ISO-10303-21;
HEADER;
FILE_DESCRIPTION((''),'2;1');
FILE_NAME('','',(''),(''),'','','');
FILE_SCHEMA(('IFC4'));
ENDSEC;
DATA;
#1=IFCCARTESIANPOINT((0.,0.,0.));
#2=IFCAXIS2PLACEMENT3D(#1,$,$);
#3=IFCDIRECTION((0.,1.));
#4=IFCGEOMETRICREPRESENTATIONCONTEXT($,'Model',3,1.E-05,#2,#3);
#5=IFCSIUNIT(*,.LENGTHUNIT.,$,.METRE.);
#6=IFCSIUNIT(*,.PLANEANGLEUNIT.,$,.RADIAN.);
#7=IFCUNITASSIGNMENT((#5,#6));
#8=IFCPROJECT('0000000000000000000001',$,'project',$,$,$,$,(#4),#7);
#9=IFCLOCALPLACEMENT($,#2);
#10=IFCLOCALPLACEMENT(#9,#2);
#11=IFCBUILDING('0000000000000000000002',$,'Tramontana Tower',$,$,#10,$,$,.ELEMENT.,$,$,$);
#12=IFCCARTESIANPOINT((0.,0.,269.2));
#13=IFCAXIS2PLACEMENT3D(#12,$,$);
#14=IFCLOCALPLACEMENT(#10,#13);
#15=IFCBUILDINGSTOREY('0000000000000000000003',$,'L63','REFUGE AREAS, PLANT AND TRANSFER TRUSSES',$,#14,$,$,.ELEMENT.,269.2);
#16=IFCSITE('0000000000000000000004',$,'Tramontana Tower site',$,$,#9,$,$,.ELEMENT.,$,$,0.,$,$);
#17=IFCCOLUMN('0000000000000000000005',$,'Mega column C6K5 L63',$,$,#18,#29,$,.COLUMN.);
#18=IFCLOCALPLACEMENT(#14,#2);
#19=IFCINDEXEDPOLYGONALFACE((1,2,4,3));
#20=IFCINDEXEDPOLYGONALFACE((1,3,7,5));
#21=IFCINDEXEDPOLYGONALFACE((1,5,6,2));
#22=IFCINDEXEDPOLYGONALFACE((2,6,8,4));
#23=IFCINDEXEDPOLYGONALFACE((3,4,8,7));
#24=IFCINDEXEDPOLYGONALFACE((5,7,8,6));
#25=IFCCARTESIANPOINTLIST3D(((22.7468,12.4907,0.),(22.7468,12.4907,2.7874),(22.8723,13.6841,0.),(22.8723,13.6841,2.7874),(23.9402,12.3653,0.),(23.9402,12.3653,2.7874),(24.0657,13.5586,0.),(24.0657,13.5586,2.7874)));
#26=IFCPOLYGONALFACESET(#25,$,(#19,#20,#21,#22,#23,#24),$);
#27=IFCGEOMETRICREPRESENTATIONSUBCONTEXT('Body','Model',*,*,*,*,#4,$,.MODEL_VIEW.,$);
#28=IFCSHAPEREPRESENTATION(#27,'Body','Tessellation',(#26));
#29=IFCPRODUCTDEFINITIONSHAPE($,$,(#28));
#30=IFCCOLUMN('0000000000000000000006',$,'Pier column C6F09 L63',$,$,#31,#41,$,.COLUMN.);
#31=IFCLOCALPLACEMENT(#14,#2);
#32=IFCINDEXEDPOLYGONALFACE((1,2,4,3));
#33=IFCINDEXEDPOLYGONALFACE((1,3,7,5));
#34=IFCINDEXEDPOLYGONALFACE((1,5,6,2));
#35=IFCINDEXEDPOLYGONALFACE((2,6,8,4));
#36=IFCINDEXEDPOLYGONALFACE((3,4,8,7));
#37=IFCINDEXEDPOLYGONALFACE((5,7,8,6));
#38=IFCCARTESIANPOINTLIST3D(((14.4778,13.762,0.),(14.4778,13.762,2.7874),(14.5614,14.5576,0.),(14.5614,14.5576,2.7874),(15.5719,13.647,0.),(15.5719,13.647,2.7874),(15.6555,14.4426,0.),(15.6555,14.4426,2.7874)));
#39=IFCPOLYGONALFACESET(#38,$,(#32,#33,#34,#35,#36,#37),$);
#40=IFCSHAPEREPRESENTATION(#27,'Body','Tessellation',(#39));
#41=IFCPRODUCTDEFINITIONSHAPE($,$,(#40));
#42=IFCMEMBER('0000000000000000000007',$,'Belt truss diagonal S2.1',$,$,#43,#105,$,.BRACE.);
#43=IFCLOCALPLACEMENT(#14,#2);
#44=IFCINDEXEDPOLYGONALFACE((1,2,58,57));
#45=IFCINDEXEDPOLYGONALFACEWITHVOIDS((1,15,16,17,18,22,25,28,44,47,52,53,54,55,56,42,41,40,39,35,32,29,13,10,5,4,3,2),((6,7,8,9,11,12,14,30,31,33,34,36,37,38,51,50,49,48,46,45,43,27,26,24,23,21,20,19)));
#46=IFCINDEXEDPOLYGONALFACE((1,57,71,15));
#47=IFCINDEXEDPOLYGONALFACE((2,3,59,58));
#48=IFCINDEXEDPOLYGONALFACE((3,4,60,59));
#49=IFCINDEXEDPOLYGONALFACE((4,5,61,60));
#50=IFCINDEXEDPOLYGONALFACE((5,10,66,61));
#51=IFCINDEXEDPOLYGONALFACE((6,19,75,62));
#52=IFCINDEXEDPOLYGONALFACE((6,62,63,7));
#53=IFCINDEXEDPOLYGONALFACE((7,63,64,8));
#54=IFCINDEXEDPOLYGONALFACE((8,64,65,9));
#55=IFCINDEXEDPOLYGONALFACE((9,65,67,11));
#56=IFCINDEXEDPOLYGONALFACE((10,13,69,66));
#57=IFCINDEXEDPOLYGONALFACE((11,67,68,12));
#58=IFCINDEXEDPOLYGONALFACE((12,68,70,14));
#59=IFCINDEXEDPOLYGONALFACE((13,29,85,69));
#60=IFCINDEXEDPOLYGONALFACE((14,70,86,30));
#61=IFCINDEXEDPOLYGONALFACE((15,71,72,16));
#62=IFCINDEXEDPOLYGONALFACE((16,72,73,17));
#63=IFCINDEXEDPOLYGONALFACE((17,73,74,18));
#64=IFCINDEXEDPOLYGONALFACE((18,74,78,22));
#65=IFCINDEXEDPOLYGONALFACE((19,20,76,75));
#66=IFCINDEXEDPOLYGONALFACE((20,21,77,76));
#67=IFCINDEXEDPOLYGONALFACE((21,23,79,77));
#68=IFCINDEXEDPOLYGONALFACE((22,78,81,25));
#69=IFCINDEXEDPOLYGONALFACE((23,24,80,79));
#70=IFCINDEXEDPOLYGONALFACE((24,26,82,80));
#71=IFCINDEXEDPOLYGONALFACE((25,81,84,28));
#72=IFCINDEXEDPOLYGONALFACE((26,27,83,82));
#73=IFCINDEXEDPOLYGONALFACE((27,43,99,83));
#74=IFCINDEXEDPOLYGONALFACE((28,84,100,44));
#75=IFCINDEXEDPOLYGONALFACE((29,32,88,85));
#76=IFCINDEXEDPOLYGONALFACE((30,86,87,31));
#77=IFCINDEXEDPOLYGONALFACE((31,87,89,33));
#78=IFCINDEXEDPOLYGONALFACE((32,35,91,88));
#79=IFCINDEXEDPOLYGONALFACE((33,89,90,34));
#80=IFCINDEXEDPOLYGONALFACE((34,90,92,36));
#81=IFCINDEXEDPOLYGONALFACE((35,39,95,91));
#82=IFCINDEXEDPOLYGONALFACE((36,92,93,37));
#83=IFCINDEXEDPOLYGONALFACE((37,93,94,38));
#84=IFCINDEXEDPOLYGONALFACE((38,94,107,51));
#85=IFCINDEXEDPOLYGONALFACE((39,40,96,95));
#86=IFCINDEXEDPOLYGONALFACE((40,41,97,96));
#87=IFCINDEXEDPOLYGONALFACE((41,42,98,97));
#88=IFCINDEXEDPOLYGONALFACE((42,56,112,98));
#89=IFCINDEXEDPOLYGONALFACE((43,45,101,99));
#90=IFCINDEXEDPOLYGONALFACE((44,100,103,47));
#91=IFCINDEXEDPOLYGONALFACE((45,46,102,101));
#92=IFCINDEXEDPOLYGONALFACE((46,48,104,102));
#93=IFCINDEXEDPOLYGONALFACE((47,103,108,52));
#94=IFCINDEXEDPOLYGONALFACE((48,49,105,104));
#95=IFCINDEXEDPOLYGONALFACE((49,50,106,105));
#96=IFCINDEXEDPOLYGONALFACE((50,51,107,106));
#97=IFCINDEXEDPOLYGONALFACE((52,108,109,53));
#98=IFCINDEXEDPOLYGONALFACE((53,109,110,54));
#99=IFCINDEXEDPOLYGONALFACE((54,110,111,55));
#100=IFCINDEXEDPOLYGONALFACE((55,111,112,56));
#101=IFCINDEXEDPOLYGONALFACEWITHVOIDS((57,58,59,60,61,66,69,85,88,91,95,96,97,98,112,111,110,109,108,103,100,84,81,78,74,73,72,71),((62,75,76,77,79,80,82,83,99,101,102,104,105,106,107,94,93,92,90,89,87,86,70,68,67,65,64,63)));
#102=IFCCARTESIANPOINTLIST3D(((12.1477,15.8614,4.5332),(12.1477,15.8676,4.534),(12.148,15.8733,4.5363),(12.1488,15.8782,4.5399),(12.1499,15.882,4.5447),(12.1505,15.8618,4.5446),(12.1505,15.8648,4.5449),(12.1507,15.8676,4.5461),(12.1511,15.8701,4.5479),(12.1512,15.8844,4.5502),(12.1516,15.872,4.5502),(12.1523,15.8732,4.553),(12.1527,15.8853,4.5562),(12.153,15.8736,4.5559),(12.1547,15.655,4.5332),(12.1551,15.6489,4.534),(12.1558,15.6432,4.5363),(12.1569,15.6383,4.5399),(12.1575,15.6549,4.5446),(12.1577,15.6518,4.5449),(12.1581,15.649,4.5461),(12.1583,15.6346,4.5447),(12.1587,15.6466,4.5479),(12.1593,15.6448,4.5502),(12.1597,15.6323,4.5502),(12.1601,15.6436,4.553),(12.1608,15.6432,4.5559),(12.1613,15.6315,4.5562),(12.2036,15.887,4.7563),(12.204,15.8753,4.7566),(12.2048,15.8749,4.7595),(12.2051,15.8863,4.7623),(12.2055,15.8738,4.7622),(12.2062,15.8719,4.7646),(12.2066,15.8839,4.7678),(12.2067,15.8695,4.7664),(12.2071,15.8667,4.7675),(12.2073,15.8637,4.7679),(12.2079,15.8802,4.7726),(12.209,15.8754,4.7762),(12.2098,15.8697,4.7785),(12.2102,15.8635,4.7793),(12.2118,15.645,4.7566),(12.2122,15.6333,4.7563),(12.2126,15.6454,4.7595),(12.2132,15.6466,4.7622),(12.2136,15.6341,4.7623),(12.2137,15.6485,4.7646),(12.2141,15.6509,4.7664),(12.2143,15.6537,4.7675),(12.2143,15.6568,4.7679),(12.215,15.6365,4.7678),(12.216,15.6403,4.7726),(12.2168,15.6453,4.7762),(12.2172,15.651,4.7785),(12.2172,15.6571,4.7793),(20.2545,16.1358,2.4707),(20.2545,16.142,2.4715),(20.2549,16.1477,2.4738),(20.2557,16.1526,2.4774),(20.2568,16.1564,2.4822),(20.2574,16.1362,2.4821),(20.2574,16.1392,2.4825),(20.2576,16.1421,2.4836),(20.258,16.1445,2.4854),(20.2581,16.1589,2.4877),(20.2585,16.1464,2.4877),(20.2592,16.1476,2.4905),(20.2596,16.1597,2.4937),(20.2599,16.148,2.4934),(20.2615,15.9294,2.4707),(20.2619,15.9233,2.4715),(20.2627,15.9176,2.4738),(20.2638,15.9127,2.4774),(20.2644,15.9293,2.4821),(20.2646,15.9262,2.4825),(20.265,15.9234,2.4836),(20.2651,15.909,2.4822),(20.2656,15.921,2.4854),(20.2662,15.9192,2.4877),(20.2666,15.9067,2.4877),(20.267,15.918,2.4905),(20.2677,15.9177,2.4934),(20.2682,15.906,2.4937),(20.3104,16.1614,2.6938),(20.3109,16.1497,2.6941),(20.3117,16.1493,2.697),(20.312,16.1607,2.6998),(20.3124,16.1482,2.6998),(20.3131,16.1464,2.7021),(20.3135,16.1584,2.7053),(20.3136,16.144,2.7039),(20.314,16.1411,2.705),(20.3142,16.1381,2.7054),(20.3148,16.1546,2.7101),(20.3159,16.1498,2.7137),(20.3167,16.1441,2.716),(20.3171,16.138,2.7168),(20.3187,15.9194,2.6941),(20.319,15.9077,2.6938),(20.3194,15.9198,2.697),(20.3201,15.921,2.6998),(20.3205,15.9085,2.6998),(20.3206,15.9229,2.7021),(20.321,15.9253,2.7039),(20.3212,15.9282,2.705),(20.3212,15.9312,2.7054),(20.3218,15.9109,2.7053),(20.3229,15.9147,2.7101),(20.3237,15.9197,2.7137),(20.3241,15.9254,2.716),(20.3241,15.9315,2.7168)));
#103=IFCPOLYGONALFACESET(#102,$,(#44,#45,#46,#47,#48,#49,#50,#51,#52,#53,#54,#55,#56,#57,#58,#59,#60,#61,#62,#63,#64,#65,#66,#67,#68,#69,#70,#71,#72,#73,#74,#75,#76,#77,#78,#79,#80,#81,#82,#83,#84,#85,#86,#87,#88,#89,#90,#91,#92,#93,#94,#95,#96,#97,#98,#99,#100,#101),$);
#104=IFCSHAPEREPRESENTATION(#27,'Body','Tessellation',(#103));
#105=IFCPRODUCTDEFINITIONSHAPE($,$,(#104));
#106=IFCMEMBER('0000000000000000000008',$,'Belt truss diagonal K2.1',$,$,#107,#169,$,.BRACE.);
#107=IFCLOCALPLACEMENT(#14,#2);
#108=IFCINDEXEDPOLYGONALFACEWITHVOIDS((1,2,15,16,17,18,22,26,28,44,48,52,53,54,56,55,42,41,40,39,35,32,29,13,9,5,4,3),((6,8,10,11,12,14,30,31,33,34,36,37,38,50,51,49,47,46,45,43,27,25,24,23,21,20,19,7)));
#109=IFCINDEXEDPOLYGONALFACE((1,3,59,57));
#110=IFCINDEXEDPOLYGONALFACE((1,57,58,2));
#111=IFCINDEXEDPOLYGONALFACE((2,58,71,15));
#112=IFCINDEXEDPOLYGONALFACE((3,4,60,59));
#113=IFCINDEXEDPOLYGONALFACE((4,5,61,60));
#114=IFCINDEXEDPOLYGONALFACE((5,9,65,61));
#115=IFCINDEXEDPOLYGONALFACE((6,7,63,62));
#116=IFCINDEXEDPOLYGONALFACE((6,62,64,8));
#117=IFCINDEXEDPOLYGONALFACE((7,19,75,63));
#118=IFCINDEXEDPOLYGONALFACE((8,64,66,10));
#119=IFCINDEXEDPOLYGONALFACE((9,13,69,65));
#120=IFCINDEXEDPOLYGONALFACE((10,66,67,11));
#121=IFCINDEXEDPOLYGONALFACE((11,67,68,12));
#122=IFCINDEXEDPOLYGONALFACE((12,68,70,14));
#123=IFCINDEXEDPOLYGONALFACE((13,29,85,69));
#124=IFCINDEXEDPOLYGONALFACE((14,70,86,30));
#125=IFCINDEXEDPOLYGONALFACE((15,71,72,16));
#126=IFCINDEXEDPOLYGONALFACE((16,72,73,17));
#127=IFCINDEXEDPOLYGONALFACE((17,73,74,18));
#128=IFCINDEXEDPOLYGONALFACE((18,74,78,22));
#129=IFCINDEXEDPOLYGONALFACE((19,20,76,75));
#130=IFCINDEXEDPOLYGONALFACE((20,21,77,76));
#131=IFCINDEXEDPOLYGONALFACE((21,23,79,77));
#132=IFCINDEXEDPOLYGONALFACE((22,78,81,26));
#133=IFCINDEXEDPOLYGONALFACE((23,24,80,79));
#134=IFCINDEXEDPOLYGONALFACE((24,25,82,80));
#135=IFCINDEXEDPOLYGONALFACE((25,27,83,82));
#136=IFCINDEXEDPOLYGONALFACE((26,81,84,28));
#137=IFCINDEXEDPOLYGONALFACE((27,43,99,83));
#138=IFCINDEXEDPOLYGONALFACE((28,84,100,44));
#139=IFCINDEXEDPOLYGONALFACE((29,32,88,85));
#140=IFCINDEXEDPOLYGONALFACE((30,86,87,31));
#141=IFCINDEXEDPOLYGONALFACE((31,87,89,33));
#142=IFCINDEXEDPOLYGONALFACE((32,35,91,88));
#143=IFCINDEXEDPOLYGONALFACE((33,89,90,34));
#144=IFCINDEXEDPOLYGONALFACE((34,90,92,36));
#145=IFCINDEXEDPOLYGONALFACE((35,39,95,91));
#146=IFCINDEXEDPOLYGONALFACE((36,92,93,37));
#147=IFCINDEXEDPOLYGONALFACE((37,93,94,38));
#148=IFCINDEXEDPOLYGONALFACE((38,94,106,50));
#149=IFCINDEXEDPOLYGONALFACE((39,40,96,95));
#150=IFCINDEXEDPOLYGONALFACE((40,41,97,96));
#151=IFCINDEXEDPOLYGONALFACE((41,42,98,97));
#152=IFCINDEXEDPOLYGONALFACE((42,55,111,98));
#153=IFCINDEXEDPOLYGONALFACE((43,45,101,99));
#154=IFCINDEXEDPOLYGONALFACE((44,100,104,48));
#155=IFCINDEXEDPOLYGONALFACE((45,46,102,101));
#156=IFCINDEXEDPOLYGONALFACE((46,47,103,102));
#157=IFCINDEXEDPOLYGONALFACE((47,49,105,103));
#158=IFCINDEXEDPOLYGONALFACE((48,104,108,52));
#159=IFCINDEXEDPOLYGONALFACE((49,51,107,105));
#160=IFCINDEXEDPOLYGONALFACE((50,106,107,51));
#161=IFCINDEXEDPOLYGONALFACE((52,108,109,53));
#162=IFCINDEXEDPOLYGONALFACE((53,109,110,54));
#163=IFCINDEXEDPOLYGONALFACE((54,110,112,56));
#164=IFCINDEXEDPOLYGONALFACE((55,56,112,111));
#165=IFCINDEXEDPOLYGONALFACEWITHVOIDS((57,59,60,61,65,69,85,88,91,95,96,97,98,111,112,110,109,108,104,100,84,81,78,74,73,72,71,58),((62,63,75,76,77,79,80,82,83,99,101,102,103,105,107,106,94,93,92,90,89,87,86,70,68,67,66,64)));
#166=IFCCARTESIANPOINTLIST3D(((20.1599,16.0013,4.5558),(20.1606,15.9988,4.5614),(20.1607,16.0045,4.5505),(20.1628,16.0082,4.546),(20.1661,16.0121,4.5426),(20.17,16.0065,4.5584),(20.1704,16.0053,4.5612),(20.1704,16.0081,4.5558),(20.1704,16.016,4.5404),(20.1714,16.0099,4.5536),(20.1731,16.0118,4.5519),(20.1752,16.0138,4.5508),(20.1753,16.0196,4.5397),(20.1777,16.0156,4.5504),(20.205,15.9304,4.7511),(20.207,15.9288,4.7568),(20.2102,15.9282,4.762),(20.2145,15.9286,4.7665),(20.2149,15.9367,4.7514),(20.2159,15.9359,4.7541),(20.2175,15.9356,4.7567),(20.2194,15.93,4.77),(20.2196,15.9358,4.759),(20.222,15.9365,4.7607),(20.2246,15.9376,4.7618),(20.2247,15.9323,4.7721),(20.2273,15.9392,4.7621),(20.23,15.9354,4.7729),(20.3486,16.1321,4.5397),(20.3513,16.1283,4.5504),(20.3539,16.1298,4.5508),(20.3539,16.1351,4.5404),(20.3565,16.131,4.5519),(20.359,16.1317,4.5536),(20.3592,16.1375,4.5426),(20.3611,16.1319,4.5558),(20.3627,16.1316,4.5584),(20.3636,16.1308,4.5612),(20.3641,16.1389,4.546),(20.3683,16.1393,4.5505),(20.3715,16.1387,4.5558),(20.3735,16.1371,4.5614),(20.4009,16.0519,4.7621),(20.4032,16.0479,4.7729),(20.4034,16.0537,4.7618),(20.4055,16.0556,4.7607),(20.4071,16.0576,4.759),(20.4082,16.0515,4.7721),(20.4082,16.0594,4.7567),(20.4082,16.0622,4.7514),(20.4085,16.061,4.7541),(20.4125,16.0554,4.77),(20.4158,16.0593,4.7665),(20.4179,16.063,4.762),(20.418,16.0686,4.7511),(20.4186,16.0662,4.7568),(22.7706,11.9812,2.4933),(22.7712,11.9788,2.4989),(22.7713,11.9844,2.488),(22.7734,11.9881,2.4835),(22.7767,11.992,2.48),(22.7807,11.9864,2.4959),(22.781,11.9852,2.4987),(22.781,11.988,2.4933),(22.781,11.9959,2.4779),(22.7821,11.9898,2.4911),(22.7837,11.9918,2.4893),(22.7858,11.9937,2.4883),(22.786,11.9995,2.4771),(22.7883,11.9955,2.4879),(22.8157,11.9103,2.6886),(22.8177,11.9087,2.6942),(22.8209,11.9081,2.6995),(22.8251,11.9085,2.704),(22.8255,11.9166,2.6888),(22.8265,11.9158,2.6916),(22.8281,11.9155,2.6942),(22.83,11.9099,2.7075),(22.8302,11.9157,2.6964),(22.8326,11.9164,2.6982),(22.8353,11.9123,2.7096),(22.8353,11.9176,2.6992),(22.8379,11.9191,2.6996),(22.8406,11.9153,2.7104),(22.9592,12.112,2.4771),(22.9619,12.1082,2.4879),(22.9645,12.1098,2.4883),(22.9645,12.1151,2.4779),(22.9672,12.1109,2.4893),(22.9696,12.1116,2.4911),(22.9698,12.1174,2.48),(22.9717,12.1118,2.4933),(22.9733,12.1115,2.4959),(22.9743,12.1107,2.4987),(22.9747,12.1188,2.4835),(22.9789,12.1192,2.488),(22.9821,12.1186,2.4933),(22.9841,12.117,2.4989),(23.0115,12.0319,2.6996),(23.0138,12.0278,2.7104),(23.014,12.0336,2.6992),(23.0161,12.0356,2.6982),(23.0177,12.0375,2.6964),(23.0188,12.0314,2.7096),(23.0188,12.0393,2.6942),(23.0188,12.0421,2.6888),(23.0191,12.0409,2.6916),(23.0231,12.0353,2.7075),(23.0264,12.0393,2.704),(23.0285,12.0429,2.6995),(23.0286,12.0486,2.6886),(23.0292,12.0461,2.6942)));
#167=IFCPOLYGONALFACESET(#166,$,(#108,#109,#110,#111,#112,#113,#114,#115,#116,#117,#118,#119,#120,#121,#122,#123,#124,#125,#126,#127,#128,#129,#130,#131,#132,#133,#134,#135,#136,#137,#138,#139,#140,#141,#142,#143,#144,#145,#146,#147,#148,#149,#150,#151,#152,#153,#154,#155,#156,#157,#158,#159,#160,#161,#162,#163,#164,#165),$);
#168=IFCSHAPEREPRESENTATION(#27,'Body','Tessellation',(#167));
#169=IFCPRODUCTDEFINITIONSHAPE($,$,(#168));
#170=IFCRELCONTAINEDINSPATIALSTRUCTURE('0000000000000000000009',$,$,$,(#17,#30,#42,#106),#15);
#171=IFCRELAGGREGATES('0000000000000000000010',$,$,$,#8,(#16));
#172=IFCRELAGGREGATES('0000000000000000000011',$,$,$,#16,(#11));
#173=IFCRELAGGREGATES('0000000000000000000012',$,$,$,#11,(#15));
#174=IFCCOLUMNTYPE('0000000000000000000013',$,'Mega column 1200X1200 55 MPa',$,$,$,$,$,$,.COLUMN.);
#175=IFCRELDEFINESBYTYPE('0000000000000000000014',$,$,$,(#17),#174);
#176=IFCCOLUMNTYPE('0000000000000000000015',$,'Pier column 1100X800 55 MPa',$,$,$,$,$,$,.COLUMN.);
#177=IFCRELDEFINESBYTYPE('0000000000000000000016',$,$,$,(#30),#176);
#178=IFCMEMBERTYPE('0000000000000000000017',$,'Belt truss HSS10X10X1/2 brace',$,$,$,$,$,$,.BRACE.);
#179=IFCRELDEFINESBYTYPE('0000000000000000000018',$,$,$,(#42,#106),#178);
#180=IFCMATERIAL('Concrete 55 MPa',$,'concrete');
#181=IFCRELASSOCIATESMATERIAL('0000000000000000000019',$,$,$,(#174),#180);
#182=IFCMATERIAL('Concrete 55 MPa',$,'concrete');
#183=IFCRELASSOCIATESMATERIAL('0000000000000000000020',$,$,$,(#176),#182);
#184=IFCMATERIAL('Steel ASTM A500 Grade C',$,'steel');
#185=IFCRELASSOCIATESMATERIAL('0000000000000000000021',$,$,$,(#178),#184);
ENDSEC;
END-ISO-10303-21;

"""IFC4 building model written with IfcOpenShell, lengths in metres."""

from ifc_helpers import new_model, si_unit, direction, frame, origin, origin_2d, place, context, subcontext, project, spatial, rectangle, hollow_rectangle, extrude, material, material_profile, profile_set, type_object, element, save


model = new_model("IFC4")

# Units and contexts
model_context = context("Model", 3, precision=1e-05, world=origin(), true_north=direction((0.0, 1.0)))
body_context = subcontext(model_context, "Body", "Model", "MODEL_VIEW")
ifc_project = project(units=[si_unit("LENGTHUNIT", "METRE"), si_unit("PLANEANGLEUNIT", "RADIAN")], contexts=[model_context])

# Site, building, storey
site_placement = place(None, origin())
site = spatial("IfcSite", under=ifc_project, at=site_placement, Name="Tramontana Tower site", CompositionType="ELEMENT", RefElevation=0.0)
building_placement = place(site_placement, origin())
building = spatial("IfcBuilding", under=site, at=building_placement, Name="Tramontana Tower", CompositionType="ELEMENT")
storey_placement = place(building_placement, frame((0.0, 0.0, 269.2)))
storey = spatial("IfcBuildingStorey", under=building, at=storey_placement, Name="L63", Description="REFUGE AREAS, PLANT AND TRANSFER TRUSSES", CompositionType="ELEMENT", Elevation=269.2)

# Columns
ifc_material_1 = material(Name="Concrete 55 MPa", Category="concrete")
ifc_material_profile_1 = material_profile(ifc_material_1, rectangle(XDim=1.2, YDim=1.2, at=origin_2d()), Name="Mega column 1200X1200 55 MPa")
ifc_profile_set_1 = profile_set([ifc_material_profile_1], Name="Concrete 55 MPa")
column_type_1 = type_object("IfcColumnType", Name="Mega column 1200X1200 55 MPa", PredefinedType="COLUMN", material=ifc_profile_set_1)
column_1_placement = place(storey_placement, frame((23.4062, 13.0247, 0.0), z_axis=(0.0, 0.0, 1.0), x_axis=(-0.994522, 0.104528, 0.0)))
element("IfcColumn", 1, at=column_1_placement, inside=storey, type_object=column_type_1, Name="Mega column C6K5 L63", PredefinedType="COLUMN", context=body_context, shape_type="SweptSolid", body=[
    extrude(rectangle(XDim=1.2, YDim=1.2, at=origin_2d()), origin(), (0.0, 0.0, 1.0), 2.7874),
])
ifc_material_2 = material(Name="Concrete 55 MPa", Category="concrete")
ifc_material_profile_2 = material_profile(ifc_material_2, rectangle(XDim=1.1001, YDim=0.8, at=origin_2d()), Name="Pier column 1100X800 55 MPa")
ifc_profile_set_2 = profile_set([ifc_material_profile_2], Name="Concrete 55 MPa")
column_type_2 = type_object("IfcColumnType", Name="Pier column 1100X800 55 MPa", PredefinedType="COLUMN", material=ifc_profile_set_2)
column_2_placement = place(storey_placement, frame((15.0667, 14.1023, 0.0), z_axis=(0.0, 0.0, 1.0), x_axis=(-0.994522, 0.104528, 0.0)))
element("IfcColumn", 2, at=column_2_placement, inside=storey, type_object=column_type_2, Name="Pier column C6F09 L63", PredefinedType="COLUMN", context=body_context, shape_type="SweptSolid", body=[
    extrude(rectangle(XDim=1.1001, YDim=0.8, at=origin_2d()), origin(), (0.0, 0.0, 1.0), 2.7874),
])

# Members
ifc_material_3 = material(Name="Steel ASTM A500 Grade C", Category="steel")
ifc_material_profile_3 = material_profile(ifc_material_3, hollow_rectangle(XDim=0.2539, YDim=0.2539, WallThickness=0.0117, InnerFilletRadius=0.0117, OuterFilletRadius=0.0237, at=origin_2d()), Name="HSS10X10X1/2")
ifc_profile_set_3 = profile_set([ifc_material_profile_3], Name="Steel ASTM A500 Grade C")
member_type_1 = type_object("IfcMemberType", Name="Belt truss HSS10X10X1/2 brace", PredefinedType="BRACE", material=ifc_profile_set_3)
member_1_placement = place(storey_placement, frame((20.2893, 16.0337, 2.5938), z_axis=(-0.968607, -0.032787, 0.246425), x_axis=(0.03383, -0.999428, 0.0)))
element("IfcMember", 3, at=member_1_placement, inside=storey, type_object=member_type_1, Name="Belt truss diagonal S2.1", PredefinedType="BRACE", context=body_context, shape_type="SweptSolid", body=[
    extrude(hollow_rectangle(XDim=0.2539, YDim=0.2539, WallThickness=0.0117, InnerFilletRadius=0.0117, OuterFilletRadius=0.0237, at=origin_2d()), origin(), (0.0, 0.0, 1.0), 8.3696),
])
member_2_placement = place(storey_placement, frame((22.8999, 12.0137, 2.5938), z_axis=(-0.500286, 0.770383, 0.395251), x_axis=(-0.838674, -0.544634, 0.0)))
element("IfcMember", 4, at=member_2_placement, inside=storey, type_object=member_type_1, Name="Belt truss diagonal K2.1", PredefinedType="BRACE", context=body_context, shape_type="SweptSolid", body=[
    extrude(hollow_rectangle(XDim=0.2539, YDim=0.2539, WallThickness=0.0117, InnerFilletRadius=0.0117, OuterFilletRadius=0.0237, at=origin_2d()), origin(), (0.0, 0.0, 1.0), 5.2183),
])

save(model, "model.ifc")
